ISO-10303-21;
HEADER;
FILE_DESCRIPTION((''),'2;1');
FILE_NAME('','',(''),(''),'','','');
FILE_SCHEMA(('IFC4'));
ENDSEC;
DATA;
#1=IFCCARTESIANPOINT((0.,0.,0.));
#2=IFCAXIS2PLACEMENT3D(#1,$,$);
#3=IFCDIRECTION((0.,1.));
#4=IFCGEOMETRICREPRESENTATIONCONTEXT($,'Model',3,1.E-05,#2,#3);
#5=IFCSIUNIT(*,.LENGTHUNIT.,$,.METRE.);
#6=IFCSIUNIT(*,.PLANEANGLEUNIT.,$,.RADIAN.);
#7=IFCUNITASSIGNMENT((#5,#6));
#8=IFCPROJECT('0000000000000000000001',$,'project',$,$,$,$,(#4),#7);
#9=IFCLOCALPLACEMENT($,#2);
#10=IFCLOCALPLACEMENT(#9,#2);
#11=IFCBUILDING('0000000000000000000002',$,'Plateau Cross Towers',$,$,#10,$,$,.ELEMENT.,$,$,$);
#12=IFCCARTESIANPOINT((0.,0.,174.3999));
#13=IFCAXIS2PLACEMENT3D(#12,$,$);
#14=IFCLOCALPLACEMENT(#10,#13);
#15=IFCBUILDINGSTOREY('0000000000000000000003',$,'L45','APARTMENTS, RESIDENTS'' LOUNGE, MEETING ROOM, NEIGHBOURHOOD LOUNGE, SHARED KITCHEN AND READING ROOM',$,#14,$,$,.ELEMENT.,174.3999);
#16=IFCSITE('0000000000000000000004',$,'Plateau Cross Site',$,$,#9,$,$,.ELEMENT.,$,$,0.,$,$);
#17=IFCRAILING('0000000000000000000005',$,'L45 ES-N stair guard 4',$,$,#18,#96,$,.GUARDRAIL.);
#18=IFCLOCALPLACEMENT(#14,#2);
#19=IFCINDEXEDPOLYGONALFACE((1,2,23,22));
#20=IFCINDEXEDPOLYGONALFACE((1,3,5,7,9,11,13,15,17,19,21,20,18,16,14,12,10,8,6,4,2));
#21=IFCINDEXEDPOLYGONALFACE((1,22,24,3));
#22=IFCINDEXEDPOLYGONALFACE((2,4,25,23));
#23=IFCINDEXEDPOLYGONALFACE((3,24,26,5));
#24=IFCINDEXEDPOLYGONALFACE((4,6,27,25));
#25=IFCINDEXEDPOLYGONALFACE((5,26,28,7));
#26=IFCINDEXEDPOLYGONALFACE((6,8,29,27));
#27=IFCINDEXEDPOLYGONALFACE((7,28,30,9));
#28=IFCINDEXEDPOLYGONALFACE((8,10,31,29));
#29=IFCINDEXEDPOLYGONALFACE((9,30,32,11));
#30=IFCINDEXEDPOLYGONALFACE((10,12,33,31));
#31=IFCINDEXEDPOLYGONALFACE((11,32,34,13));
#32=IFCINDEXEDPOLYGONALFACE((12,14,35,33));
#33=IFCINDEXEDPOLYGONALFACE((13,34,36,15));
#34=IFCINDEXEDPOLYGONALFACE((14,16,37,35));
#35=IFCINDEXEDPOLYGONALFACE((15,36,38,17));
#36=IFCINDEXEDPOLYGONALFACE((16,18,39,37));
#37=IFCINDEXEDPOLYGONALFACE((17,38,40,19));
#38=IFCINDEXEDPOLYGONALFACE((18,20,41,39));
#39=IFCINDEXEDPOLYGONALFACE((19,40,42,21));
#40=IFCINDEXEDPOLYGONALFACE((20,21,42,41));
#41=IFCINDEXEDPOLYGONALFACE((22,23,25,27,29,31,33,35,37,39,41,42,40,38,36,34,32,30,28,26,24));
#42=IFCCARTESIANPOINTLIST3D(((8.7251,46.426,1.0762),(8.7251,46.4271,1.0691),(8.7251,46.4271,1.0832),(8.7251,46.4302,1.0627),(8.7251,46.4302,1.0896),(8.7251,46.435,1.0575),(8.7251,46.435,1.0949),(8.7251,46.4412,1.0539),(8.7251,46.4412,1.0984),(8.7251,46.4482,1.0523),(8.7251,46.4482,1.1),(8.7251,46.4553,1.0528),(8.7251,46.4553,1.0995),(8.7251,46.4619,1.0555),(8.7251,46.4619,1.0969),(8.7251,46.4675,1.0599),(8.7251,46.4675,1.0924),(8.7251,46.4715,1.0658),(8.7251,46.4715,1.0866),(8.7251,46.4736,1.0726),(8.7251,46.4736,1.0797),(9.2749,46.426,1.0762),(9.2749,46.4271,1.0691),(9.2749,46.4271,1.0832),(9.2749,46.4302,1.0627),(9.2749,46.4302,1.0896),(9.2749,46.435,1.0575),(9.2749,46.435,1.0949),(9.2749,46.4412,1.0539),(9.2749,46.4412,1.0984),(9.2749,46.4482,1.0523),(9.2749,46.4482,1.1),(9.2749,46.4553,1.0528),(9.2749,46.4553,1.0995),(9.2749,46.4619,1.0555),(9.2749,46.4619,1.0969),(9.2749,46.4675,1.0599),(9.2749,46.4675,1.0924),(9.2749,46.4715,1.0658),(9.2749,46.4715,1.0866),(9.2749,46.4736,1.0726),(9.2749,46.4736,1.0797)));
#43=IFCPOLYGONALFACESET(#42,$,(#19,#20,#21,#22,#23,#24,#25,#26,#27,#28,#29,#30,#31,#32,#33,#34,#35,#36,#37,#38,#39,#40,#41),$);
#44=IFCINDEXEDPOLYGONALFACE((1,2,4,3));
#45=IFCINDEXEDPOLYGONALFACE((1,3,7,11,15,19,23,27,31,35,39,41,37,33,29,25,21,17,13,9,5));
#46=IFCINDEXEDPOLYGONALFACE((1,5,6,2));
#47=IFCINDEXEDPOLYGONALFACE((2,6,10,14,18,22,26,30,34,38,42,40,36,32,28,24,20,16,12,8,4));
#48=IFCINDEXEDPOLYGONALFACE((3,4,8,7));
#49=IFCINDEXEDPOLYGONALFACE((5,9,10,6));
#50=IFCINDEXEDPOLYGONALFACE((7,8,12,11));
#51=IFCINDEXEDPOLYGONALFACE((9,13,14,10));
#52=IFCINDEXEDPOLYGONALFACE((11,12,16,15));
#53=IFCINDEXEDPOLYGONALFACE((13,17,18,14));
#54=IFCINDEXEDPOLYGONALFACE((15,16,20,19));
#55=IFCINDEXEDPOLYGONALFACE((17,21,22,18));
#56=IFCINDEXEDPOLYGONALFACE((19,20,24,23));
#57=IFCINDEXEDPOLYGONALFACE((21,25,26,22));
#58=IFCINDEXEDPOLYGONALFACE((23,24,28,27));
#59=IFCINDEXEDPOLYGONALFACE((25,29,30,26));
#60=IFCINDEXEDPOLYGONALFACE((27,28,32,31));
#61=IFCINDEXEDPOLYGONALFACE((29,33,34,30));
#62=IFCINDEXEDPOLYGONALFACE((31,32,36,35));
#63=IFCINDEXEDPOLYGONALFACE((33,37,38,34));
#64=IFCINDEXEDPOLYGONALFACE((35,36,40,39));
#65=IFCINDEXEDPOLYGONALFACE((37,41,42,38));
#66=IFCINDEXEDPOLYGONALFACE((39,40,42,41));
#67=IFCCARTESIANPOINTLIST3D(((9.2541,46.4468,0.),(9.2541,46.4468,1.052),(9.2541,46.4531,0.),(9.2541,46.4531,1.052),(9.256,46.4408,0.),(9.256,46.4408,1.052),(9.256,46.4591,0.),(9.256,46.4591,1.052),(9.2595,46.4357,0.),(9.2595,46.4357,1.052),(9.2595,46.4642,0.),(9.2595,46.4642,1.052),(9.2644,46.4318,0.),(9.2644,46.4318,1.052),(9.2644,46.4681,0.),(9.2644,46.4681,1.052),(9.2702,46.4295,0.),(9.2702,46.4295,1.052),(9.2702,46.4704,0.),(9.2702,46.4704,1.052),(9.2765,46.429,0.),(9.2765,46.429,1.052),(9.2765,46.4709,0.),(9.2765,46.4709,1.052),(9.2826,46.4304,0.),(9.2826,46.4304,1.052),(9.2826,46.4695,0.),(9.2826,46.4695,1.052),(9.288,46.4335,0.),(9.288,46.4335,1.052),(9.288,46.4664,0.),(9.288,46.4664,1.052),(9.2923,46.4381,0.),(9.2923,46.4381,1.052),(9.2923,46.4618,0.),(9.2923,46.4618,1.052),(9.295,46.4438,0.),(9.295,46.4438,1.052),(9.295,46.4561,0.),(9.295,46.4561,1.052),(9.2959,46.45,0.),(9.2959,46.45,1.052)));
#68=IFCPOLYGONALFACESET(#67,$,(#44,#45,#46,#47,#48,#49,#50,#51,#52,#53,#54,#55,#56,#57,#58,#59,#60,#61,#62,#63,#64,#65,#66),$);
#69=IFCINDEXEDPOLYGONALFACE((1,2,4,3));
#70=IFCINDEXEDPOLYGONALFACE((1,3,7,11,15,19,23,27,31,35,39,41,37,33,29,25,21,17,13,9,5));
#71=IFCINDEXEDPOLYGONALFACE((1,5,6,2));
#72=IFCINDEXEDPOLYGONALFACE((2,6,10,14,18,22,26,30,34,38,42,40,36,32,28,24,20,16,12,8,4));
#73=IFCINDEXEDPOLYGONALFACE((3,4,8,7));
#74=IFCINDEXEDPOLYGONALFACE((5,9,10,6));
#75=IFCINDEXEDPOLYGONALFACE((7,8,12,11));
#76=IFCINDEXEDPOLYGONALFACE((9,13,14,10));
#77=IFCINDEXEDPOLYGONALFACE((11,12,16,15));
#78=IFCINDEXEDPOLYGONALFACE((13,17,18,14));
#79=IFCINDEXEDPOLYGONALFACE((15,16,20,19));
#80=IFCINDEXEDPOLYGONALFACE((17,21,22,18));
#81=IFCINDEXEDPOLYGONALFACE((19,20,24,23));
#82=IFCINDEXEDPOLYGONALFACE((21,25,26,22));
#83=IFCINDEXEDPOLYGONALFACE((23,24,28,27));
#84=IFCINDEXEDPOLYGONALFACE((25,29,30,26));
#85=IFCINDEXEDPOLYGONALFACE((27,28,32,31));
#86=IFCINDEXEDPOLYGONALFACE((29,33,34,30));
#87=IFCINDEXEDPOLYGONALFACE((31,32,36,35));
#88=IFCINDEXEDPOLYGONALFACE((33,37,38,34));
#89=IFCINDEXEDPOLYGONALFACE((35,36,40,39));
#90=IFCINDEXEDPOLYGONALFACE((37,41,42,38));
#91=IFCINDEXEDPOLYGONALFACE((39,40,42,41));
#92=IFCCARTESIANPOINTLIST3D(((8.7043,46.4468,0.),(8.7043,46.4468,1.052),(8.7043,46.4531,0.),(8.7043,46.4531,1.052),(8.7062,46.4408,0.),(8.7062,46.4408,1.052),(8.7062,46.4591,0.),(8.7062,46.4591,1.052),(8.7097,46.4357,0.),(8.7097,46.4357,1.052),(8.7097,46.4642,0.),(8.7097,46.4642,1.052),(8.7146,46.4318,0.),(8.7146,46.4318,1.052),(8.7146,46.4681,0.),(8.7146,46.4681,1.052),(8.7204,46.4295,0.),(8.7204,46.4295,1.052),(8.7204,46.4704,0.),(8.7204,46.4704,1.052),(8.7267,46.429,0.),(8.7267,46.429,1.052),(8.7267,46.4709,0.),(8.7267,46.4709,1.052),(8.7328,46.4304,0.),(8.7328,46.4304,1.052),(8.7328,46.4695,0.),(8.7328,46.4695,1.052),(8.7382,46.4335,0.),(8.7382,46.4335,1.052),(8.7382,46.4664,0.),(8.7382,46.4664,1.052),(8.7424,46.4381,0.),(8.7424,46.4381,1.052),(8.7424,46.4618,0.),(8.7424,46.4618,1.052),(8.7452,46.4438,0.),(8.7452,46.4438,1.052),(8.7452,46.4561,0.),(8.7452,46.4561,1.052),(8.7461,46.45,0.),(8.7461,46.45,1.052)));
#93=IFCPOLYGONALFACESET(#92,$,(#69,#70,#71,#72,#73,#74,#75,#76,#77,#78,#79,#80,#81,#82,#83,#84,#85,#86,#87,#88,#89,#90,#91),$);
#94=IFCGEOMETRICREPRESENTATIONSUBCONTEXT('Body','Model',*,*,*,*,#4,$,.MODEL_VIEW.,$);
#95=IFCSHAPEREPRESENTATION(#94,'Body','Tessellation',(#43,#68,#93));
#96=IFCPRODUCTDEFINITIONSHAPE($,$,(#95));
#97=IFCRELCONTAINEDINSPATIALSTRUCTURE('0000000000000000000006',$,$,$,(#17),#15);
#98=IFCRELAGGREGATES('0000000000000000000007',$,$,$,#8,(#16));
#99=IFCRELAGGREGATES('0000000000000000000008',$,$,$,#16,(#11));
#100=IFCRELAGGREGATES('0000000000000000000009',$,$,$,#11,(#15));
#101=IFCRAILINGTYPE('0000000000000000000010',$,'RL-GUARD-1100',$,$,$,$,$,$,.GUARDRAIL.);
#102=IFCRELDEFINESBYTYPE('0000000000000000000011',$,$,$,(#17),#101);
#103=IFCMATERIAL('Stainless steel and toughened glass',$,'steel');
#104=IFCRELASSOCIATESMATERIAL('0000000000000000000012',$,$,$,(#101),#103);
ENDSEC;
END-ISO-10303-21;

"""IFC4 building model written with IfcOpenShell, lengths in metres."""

from ifc_helpers import new_model, si_unit, direction, frame, origin, origin_2d, place, context, subcontext, project, spatial, circle, extrude, material, type_object, element, save


model = new_model("IFC4")

# Units and contexts
model_context = context("Model", 3, precision=1e-05, world=origin(), true_north=direction((0.0, 1.0)))
body_context = subcontext(model_context, "Body", "Model", "MODEL_VIEW")
ifc_project = project(units=[si_unit("LENGTHUNIT", "METRE"), si_unit("PLANEANGLEUNIT", "RADIAN")], contexts=[model_context])

# Site, building, storey
site_placement = place(None, origin())
site = spatial("IfcSite", under=ifc_project, at=site_placement, Name="Plateau Cross Site", CompositionType="ELEMENT", RefElevation=0.0)
building_placement = place(site_placement, origin())
building = spatial("IfcBuilding", under=site, at=building_placement, Name="Plateau Cross Towers", CompositionType="ELEMENT")
storey_placement = place(building_placement, frame((0.0, 0.0, 174.3999)))
storey = spatial("IfcBuildingStorey", under=building, at=storey_placement, Name="L45", Description="APARTMENTS, RESIDENTS' LOUNGE, MEETING ROOM, NEIGHBOURHOOD LOUNGE, SHARED KITCHEN AND READING ROOM", CompositionType="ELEMENT", Elevation=174.3999)

# Railing
ifc_material_1 = material(Name="Stainless steel and toughened glass", Category="steel")
railing_type_1 = type_object("IfcRailingType", Name="RL-GUARD-1100", PredefinedType="GUARDRAIL", material=ifc_material_1)
railing_1_placement = place(storey_placement, frame((9.2749, 46.45, 0.0)))
element("IfcRailing", 1, at=railing_1_placement, inside=storey, type_object=railing_type_1, Name="L45 ES-N stair guard 4", PredefinedType="GUARDRAIL", context=body_context, shape_type="SweptSolid", body=[
    extrude(circle(Radius=0.0239, at=origin_2d()), frame((0.0, 0.0, 1.0762), z_axis=(-1.0, 0.0, 0.0), x_axis=(0.0, -1.0, 0.0)), (0.0, 0.0, 1.0), 0.5498),
    extrude(circle(Radius=0.021, at=origin_2d()), origin(), (0.0, 0.0, 1.0), 1.052),
    extrude(circle(Radius=0.021, at=origin_2d()), frame((-0.5498, 0.0, 0.0)), (0.0, 0.0, 1.0), 1.052),
])

save(model, "model.ifc")
